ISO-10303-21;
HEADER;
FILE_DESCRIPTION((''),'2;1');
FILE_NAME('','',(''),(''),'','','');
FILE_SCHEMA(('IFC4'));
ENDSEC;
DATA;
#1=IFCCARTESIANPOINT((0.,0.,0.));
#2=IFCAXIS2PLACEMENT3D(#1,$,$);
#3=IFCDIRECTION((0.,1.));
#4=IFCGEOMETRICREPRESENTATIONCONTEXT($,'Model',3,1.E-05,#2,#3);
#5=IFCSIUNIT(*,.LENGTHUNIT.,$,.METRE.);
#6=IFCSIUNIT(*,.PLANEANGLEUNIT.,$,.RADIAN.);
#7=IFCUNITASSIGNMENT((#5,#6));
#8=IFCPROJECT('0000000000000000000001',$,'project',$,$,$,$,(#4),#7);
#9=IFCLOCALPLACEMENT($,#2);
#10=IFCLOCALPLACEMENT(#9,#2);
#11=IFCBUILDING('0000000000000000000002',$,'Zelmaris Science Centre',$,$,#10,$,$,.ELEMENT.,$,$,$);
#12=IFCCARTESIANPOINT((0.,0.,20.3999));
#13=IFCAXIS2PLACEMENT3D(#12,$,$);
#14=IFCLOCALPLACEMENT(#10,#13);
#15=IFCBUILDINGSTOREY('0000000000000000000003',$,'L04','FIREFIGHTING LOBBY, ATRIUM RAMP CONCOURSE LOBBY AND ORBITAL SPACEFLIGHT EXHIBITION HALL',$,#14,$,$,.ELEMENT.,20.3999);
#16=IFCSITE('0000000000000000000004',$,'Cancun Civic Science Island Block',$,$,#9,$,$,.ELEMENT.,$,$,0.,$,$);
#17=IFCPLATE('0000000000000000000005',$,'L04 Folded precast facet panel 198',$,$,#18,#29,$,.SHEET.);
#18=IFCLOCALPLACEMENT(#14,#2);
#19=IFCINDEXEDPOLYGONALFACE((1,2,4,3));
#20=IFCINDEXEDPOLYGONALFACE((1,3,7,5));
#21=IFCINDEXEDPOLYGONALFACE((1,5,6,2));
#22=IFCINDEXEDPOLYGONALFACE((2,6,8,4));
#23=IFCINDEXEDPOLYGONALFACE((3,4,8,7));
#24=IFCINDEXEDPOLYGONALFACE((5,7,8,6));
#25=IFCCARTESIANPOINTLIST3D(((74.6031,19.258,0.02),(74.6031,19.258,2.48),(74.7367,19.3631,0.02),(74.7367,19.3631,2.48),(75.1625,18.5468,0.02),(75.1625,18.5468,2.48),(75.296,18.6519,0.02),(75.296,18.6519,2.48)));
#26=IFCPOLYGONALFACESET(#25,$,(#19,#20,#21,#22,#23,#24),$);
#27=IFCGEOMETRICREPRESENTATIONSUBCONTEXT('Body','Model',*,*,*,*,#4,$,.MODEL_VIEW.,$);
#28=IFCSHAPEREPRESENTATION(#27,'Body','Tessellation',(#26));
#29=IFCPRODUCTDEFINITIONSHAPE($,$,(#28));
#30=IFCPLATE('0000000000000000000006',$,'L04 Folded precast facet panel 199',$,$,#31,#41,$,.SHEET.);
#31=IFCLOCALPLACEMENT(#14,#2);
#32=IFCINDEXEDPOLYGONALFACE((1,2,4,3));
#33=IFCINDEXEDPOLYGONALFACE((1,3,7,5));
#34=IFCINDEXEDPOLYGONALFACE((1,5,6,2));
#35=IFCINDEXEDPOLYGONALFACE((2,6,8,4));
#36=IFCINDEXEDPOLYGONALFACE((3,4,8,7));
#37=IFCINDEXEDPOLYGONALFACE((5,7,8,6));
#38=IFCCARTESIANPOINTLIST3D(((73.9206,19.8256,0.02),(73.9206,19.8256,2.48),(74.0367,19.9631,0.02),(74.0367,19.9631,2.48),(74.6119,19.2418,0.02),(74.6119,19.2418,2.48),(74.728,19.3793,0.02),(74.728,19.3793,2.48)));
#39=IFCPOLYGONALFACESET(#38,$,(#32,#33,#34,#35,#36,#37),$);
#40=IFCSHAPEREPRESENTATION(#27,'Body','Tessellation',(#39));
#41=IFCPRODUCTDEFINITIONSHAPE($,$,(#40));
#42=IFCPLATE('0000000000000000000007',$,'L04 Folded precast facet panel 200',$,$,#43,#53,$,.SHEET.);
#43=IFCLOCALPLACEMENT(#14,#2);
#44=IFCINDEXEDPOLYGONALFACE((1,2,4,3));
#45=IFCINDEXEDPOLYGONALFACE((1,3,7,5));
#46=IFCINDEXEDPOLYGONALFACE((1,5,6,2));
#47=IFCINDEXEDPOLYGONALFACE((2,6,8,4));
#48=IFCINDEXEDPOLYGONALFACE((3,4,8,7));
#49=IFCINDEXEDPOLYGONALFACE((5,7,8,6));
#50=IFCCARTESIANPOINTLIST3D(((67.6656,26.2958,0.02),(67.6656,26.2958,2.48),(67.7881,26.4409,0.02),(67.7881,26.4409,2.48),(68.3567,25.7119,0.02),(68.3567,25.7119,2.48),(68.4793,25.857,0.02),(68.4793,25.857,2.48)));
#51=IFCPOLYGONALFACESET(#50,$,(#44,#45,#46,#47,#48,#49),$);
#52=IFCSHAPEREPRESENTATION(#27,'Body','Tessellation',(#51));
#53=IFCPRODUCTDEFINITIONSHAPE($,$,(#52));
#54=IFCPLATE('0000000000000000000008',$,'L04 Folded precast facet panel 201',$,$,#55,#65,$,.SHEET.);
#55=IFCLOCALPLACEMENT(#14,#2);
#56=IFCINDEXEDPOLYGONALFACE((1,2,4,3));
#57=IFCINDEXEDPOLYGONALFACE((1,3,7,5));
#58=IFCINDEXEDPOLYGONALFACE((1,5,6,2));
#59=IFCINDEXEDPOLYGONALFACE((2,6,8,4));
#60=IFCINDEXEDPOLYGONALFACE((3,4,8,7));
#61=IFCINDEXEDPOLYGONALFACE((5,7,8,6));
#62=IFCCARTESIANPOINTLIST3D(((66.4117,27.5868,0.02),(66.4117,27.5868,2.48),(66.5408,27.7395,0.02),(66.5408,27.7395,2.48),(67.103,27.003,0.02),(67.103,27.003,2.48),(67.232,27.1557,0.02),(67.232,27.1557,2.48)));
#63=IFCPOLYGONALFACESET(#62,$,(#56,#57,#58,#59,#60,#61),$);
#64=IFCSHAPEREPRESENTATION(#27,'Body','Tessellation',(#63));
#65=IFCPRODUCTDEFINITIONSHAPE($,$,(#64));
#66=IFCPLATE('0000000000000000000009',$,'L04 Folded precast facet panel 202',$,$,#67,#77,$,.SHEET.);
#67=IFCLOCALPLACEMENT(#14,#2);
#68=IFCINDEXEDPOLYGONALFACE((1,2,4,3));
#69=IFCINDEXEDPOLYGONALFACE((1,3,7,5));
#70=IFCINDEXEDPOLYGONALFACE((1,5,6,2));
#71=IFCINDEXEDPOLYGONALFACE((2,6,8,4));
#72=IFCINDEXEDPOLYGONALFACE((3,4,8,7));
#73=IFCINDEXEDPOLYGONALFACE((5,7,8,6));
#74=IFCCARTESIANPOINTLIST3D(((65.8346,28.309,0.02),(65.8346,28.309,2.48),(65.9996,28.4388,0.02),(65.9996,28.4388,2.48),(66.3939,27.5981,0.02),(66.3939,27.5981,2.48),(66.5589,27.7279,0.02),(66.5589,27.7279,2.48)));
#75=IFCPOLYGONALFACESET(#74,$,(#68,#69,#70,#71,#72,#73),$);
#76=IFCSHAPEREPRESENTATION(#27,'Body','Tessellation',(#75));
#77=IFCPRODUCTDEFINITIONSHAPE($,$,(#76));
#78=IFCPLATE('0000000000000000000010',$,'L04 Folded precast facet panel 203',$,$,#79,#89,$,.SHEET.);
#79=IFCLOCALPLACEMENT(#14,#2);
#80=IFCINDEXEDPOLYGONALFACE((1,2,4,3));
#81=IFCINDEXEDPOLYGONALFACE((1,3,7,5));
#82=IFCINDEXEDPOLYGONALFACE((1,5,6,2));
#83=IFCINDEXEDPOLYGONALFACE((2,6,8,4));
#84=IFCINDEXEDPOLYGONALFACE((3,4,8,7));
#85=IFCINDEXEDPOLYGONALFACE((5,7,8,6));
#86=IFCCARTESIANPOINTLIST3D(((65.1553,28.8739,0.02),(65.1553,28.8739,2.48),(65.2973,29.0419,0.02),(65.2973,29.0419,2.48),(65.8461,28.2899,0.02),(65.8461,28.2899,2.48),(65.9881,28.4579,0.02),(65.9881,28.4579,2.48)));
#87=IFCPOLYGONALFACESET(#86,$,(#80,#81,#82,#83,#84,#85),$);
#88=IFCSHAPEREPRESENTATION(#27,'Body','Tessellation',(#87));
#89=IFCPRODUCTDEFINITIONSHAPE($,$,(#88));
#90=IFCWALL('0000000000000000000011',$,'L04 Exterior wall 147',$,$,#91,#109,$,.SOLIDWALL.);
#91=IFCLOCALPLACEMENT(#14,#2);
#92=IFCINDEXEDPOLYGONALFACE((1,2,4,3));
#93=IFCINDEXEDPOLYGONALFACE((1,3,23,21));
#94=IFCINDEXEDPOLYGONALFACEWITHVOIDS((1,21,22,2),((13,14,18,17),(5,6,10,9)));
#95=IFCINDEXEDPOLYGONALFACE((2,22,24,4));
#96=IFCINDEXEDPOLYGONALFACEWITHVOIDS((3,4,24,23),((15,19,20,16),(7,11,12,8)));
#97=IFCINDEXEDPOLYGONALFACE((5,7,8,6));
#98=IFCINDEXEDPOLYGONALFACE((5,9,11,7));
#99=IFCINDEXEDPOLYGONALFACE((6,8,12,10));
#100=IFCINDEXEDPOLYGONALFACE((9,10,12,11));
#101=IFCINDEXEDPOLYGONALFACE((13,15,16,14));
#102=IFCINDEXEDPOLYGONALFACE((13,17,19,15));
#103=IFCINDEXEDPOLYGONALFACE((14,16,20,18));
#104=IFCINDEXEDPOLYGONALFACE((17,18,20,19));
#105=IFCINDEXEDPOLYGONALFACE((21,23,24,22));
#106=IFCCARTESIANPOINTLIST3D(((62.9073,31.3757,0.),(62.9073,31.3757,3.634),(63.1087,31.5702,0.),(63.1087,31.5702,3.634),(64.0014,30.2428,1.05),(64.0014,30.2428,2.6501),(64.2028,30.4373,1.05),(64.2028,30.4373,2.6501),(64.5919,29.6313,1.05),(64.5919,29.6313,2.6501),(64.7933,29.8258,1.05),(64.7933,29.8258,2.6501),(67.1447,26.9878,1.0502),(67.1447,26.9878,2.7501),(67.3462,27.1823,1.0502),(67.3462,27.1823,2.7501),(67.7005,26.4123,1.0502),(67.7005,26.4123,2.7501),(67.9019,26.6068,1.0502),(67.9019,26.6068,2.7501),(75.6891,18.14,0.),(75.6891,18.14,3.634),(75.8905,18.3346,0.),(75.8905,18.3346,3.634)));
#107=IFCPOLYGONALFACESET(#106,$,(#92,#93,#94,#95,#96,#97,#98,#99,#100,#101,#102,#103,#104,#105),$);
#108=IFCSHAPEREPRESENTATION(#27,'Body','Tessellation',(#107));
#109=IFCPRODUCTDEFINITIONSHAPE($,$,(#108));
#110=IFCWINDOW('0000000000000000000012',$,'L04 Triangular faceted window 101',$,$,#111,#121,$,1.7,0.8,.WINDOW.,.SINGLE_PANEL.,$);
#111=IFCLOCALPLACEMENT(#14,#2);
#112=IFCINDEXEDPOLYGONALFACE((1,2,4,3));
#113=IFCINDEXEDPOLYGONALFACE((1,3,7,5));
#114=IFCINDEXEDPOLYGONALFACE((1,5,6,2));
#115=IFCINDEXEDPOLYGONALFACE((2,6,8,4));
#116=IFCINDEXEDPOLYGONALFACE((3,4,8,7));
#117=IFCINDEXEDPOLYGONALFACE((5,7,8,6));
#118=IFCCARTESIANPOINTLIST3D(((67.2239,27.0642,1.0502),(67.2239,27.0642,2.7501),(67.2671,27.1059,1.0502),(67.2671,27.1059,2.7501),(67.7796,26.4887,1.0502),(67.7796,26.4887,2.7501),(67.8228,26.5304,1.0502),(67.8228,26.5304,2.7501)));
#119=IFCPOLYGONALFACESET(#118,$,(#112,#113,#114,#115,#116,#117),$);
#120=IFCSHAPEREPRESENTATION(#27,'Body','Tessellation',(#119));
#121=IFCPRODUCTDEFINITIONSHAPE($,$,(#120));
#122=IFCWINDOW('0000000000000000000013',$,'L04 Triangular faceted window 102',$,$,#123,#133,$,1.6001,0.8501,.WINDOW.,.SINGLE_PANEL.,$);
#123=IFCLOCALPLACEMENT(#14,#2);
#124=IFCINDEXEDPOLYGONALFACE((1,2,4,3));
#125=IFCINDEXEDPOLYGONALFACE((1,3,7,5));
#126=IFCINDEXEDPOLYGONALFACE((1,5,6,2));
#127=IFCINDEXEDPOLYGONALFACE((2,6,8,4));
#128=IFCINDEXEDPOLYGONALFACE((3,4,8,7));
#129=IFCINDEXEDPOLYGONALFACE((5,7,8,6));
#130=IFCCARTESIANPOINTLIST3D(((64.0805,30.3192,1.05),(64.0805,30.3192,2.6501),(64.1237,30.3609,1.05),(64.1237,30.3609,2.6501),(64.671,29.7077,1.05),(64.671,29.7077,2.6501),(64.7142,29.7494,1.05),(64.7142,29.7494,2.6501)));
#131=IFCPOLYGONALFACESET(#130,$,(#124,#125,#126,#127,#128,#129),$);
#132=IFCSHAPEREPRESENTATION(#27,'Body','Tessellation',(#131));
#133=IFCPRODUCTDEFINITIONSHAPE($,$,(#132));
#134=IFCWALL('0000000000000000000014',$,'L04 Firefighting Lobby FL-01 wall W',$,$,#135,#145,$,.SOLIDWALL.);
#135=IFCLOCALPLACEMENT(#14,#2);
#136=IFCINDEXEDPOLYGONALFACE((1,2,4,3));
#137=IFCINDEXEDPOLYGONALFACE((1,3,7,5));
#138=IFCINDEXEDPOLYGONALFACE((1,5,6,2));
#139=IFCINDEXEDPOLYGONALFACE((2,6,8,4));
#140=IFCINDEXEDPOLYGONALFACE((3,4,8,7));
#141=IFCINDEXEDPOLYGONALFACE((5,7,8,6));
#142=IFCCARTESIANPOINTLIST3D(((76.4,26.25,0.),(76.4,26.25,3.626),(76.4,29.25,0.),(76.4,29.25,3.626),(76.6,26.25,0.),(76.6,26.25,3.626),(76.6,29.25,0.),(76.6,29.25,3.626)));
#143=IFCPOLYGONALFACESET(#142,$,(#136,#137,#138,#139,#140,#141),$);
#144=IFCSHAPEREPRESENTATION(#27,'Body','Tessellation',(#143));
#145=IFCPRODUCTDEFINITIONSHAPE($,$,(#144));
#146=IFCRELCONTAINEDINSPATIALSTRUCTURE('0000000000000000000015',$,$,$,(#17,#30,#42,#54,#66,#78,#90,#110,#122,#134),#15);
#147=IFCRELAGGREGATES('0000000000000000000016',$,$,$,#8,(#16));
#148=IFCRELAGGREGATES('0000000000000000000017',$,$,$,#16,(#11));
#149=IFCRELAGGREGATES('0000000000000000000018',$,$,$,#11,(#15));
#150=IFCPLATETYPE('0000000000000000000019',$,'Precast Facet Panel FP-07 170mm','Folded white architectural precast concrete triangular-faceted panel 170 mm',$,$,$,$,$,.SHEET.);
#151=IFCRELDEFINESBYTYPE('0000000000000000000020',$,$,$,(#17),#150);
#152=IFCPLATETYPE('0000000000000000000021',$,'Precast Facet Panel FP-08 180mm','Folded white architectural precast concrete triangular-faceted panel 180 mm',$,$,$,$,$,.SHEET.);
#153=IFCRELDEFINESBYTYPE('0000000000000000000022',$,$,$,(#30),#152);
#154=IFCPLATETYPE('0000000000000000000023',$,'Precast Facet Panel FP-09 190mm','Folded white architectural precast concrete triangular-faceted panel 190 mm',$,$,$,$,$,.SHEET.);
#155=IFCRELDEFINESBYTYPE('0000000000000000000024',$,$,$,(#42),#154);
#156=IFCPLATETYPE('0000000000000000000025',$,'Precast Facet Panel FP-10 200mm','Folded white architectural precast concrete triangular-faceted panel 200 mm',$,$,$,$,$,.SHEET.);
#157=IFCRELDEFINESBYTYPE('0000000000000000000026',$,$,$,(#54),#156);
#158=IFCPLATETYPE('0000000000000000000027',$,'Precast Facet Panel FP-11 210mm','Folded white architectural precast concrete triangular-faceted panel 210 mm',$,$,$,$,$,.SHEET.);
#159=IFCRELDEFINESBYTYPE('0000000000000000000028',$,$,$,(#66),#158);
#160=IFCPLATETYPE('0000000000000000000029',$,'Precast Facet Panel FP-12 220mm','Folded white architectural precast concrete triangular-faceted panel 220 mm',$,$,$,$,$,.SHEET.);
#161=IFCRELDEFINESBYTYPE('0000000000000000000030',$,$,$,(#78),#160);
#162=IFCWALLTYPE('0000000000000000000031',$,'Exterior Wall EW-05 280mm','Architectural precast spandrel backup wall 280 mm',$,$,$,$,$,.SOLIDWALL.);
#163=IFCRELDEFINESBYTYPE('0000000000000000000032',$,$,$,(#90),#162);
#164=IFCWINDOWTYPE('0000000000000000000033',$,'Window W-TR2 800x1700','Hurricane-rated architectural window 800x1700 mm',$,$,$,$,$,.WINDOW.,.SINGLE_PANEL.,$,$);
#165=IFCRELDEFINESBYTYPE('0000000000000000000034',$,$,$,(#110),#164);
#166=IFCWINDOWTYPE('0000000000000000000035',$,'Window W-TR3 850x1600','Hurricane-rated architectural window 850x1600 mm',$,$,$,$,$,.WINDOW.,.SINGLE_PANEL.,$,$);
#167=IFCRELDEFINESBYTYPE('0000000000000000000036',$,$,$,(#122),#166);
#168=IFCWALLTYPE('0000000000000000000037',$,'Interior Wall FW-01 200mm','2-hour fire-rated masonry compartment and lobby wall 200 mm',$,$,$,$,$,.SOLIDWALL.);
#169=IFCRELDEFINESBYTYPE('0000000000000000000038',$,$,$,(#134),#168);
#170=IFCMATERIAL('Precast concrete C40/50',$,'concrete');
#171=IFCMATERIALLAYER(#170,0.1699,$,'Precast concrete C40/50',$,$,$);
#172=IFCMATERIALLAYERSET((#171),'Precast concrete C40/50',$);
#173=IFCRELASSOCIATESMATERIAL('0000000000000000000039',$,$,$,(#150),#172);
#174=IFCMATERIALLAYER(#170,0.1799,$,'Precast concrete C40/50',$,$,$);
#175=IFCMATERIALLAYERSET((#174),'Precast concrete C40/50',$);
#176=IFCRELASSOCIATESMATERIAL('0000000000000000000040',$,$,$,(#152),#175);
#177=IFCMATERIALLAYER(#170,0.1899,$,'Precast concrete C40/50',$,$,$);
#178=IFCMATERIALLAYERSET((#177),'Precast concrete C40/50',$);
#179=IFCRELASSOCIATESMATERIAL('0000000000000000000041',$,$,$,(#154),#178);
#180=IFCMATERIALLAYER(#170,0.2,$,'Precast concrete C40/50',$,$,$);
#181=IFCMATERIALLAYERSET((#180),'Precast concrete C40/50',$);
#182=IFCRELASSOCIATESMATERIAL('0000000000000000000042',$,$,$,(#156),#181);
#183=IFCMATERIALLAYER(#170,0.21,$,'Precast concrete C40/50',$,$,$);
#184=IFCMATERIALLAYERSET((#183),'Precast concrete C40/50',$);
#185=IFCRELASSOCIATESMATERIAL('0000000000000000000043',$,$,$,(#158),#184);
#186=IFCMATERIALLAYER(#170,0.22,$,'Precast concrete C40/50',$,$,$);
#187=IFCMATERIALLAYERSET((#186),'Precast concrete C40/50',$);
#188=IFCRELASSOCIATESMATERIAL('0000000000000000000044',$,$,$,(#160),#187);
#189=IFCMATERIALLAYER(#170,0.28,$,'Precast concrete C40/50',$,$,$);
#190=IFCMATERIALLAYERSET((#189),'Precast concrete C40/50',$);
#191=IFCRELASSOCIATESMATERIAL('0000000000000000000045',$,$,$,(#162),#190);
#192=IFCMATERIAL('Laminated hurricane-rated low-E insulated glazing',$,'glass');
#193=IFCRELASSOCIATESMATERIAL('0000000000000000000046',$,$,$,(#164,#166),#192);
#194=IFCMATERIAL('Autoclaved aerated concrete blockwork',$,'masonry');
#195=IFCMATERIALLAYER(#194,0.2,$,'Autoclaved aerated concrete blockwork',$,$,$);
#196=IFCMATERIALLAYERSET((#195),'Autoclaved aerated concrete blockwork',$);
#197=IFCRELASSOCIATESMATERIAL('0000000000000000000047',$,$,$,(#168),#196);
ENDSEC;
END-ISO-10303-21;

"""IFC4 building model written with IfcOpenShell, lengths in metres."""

from ifc_helpers import new_model, si_unit, direction, frame, frame_2d, origin, place, context, subcontext, project, spatial, rectangle, extrude, material, layer, layer_set, type_object, element, fill, save


model = new_model("IFC4")

# Units and contexts
model_context = context("Model", 3, precision=1e-05, world=origin(), true_north=direction((0.0, 1.0)))
body_context = subcontext(model_context, "Body", "Model", "MODEL_VIEW")
ifc_project = project(units=[si_unit("LENGTHUNIT", "METRE"), si_unit("PLANEANGLEUNIT", "RADIAN")], contexts=[model_context])

# Site, building, storey
site_placement = place(None, origin())
site = spatial("IfcSite", under=ifc_project, at=site_placement, Name="Cancun Civic Science Island Block", CompositionType="ELEMENT", RefElevation=0.0)
building_placement = place(site_placement, origin())
building = spatial("IfcBuilding", under=site, at=building_placement, Name="Zelmaris Science Centre", CompositionType="ELEMENT")
storey_placement = place(building_placement, frame((0.0, 0.0, 20.3999)))
storey = spatial("IfcBuildingStorey", under=building, at=storey_placement, Name="L04", Description="FIREFIGHTING LOBBY, ATRIUM RAMP CONCOURSE LOBBY AND ORBITAL SPACEFLIGHT EXHIBITION HALL", CompositionType="ELEMENT", Elevation=20.3999)

# Plates
ifc_material_1 = material(Name="Precast concrete C40/50", Category="concrete")
ifc_layer_1 = layer(ifc_material_1, 0.1699, Name="Precast concrete C40/50")
ifc_layer_set_1 = layer_set([ifc_layer_1], Name="Precast concrete C40/50")
plate_type_1 = type_object("IfcPlateType", Name="Precast Facet Panel FP-07 170mm", Description="Folded white architectural precast concrete triangular-faceted panel 170 mm", PredefinedType="SHEET", material=ifc_layer_set_1)
plate_1_placement = place(storey_placement, frame((75.2292, 18.5994, 0.02), z_axis=(0.0, 0.0, 1.0), x_axis=(-0.618191, 0.786028, 0.0)))
element("IfcPlate", 1, at=plate_1_placement, inside=storey, type_object=plate_type_1, Name="L04 Folded precast facet panel 198", PredefinedType="SHEET", context=body_context, shape_type="SweptSolid", body=[
    extrude(rectangle(XDim=0.9048, YDim=0.1699, at=frame_2d((0.4524, 0.0))), origin(), (0.0, 0.0, 1.0), 2.46),
])
ifc_layer_2 = layer(ifc_material_1, 0.1799, Name="Precast concrete C40/50")
ifc_layer_set_2 = layer_set([ifc_layer_2], Name="Precast concrete C40/50")
plate_type_2 = type_object("IfcPlateType", Name="Precast Facet Panel FP-08 180mm", Description="Folded white architectural precast concrete triangular-faceted panel 180 mm", PredefinedType="SHEET", material=ifc_layer_set_2)
plate_2_placement = place(storey_placement, frame((74.6699, 19.3105, 0.02), z_axis=(0.0, 0.0, 1.0), x_axis=(-0.76398, 0.64524, 0.0)))
element("IfcPlate", 2, at=plate_2_placement, inside=storey, type_object=plate_type_2, Name="L04 Folded precast facet panel 199", PredefinedType="SHEET", context=body_context, shape_type="SweptSolid", body=[
    extrude(rectangle(XDim=0.9048, YDim=0.1799, at=frame_2d((0.4524, 0.0))), origin(), (0.0, 0.0, 1.0), 2.46),
])
ifc_layer_3 = layer(ifc_material_1, 0.1899, Name="Precast concrete C40/50")
ifc_layer_set_3 = layer_set([ifc_layer_3], Name="Precast concrete C40/50")
plate_type_3 = type_object("IfcPlateType", Name="Precast Facet Panel FP-09 190mm", Description="Folded white architectural precast concrete triangular-faceted panel 190 mm", PredefinedType="SHEET", material=ifc_layer_set_3)
plate_3_placement = place(storey_placement, frame((68.418, 25.7844, 0.02), z_axis=(0.0, 0.0, 1.0), x_axis=(-0.763847, 0.645398, 0.0)))
element("IfcPlate", 3, at=plate_3_placement, inside=storey, type_object=plate_type_3, Name="L04 Folded precast facet panel 200", PredefinedType="SHEET", context=body_context, shape_type="SweptSolid", body=[
    extrude(rectangle(XDim=0.9048, YDim=0.1899, at=frame_2d((0.4524, 0.0))), origin(), (0.0, 0.0, 1.0), 2.46),
])
ifc_layer_4 = layer(ifc_material_1, 0.2, Name="Precast concrete C40/50")
ifc_layer_set_4 = layer_set([ifc_layer_4], Name="Precast concrete C40/50")
plate_type_4 = type_object("IfcPlateType", Name="Precast Facet Panel FP-10 200mm", Description="Folded white architectural precast concrete triangular-faceted panel 200 mm", PredefinedType="SHEET", material=ifc_layer_set_4)
plate_4_placement = place(storey_placement, frame((67.1675, 27.0793, 0.02), z_axis=(0.0, 0.0, 1.0), x_axis=(-0.76398, 0.64524, 0.0)))
element("IfcPlate", 4, at=plate_4_placement, inside=storey, type_object=plate_type_4, Name="L04 Folded precast facet panel 201", PredefinedType="SHEET", context=body_context, shape_type="SweptSolid", body=[
    extrude(rectangle(XDim=0.9048, YDim=0.2, at=frame_2d((0.4524, 0.0))), origin(), (0.0, 0.0, 1.0), 2.46),
])
ifc_layer_5 = layer(ifc_material_1, 0.21, Name="Precast concrete C40/50")
ifc_layer_set_5 = layer_set([ifc_layer_5], Name="Precast concrete C40/50")
plate_type_5 = type_object("IfcPlateType", Name="Precast Facet Panel FP-11 210mm", Description="Folded white architectural precast concrete triangular-faceted panel 210 mm", PredefinedType="SHEET", material=ifc_layer_set_5)
plate_5_placement = place(storey_placement, frame((66.4763, 27.6631, 0.02), z_axis=(0.0, 0.0, 1.0), x_axis=(-0.618322, 0.785925, 0.0)))
element("IfcPlate", 5, at=plate_5_placement, inside=storey, type_object=plate_type_5, Name="L04 Folded precast facet panel 202", PredefinedType="SHEET", context=body_context, shape_type="SweptSolid", body=[
    extrude(rectangle(XDim=0.9045, YDim=0.21, at=frame_2d((0.4521, 0.0))), origin(), (0.0, 0.0, 1.0), 2.46),
])
ifc_layer_6 = layer(ifc_material_1, 0.22, Name="Precast concrete C40/50")
ifc_layer_set_6 = layer_set([ifc_layer_6], Name="Precast concrete C40/50")
plate_type_6 = type_object("IfcPlateType", Name="Precast Facet Panel FP-12 220mm", Description="Folded white architectural precast concrete triangular-faceted panel 220 mm", PredefinedType="SHEET", material=ifc_layer_set_6)
plate_6_placement = place(storey_placement, frame((65.917, 28.374, 0.02), z_axis=(0.0, 0.0, 1.0), x_axis=(-0.763734, 0.645531, 0.0)))
element("IfcPlate", 6, at=plate_6_placement, inside=storey, type_object=plate_type_6, Name="L04 Folded precast facet panel 203", PredefinedType="SHEET", context=body_context, shape_type="SweptSolid", body=[
    extrude(rectangle(XDim=0.9045, YDim=0.22, at=frame_2d((0.4521, 0.0))), origin(), (0.0, 0.0, 1.0), 2.46),
])

# Wall, openings, windows
ifc_layer_7 = layer(ifc_material_1, 0.28, Name="Precast concrete C40/50")
ifc_layer_set_7 = layer_set([ifc_layer_7], Name="Precast concrete C40/50")
wall_type_1 = type_object("IfcWallType", Name="Exterior Wall EW-05 280mm", Description="Architectural precast spandrel backup wall 280 mm", PredefinedType="SOLIDWALL", material=ifc_layer_set_7)
wall_1_placement = place(storey_placement, frame((75.7898, 18.2373, 0.0), z_axis=(0.0, 0.0, 1.0), x_axis=(-0.694666, 0.719332, 0.0)))
wall_1 = element("IfcWall", 7, at=wall_1_placement, inside=storey, type_object=wall_type_1, Name="L04 Exterior wall 147", PredefinedType="SOLIDWALL", context=body_context, shape_type="SweptSolid", body=[
    extrude(rectangle(XDim=18.3999, YDim=0.28, at=frame_2d((9.2, 0.0))), origin(), (0.0, 0.0, 1.0), 3.634),
])
opening_1_placement = place(wall_1_placement, frame((11.5, 0.0, 1.05)))
opening_1 = element("IfcOpeningElement", 8, at=opening_1_placement, cuts=wall_1, PredefinedType="OPENING", context=body_context, shape_type="SweptSolid", body=[
    extrude(rectangle(XDim=0.8, YDim=1.7, at=frame_2d((0.3999, 0.8501))), frame((0.0, 0.1499, 0.0), z_axis=(0.0, -1.0, 0.0), x_axis=(1.0, 0.0, 0.0)), (0.0, 0.0, 1.0), 0.3),
])
opening_2_placement = place(wall_1_placement, frame((15.9749, 0.0, 1.05)))
opening_2 = element("IfcOpeningElement", 9, at=opening_2_placement, cuts=wall_1, PredefinedType="OPENING", context=body_context, shape_type="SweptSolid", body=[
    extrude(rectangle(XDim=0.8501, YDim=1.6001, at=frame_2d((0.425, 0.8))), frame((0.0, 0.1499, 0.0), z_axis=(0.0, -1.0, 0.0), x_axis=(1.0, 0.0, 0.0)), (0.0, 0.0, 1.0), 0.3),
])
ifc_material_2 = material(Name="Laminated hurricane-rated low-E insulated glazing", Category="glass")
window_type_1 = type_object("IfcWindowType", Name="Window W-TR2 800x1700", Description="Hurricane-rated architectural window 800x1700 mm", PartitioningType="SINGLE_PANEL", PredefinedType="WINDOW", material=ifc_material_2)
window_1_placement = place(opening_1_placement, origin())
window_1 = element("IfcWindow", 10, at=window_1_placement, inside=storey, type_object=window_type_1, Name="L04 Triangular faceted window 101", OverallHeight=1.7, OverallWidth=0.8, PartitioningType="SINGLE_PANEL", PredefinedType="WINDOW", context=body_context, shape_type="SweptSolid", body=[
    extrude(rectangle(XDim=0.8, YDim=1.7, at=frame_2d((0.3999, 0.8501))), frame((0.0, 0.03, 0.0), z_axis=(0.0, -1.0, 0.0), x_axis=(1.0, 0.0, 0.0)), (0.0, 0.0, 1.0), 0.0601),
])
fill(opening_1, window_1)
window_type_2 = type_object("IfcWindowType", Name="Window W-TR3 850x1600", Description="Hurricane-rated architectural window 850x1600 mm", PartitioningType="SINGLE_PANEL", PredefinedType="WINDOW", material=ifc_material_2)
window_2_placement = place(opening_2_placement, origin())
window_2 = element("IfcWindow", 11, at=window_2_placement, inside=storey, type_object=window_type_2, Name="L04 Triangular faceted window 102", OverallHeight=1.6001, OverallWidth=0.8501, PartitioningType="SINGLE_PANEL", PredefinedType="WINDOW", context=body_context, shape_type="SweptSolid", body=[
    extrude(rectangle(XDim=0.8501, YDim=1.6001, at=frame_2d((0.425, 0.8))), frame((0.0, 0.03, 0.0), z_axis=(0.0, -1.0, 0.0), x_axis=(1.0, 0.0, 0.0)), (0.0, 0.0, 1.0), 0.0601),
])
fill(opening_2, window_2)

# Wall
ifc_material_3 = material(Name="Autoclaved aerated concrete blockwork", Category="masonry")
ifc_layer_8 = layer(ifc_material_3, 0.2, Name="Autoclaved aerated concrete blockwork")
ifc_layer_set_8 = layer_set([ifc_layer_8], Name="Autoclaved aerated concrete blockwork")
wall_type_2 = type_object("IfcWallType", Name="Interior Wall FW-01 200mm", Description="2-hour fire-rated masonry compartment and lobby wall 200 mm", PredefinedType="SOLIDWALL", material=ifc_layer_set_8)
wall_2_placement = place(storey_placement, frame((76.5, 26.25, 0.0), z_axis=(0.0, 0.0, 1.0), x_axis=(0.0, 1.0, 0.0)))
element("IfcWall", 12, at=wall_2_placement, inside=storey, type_object=wall_type_2, Name="L04 Firefighting Lobby FL-01 wall W", PredefinedType="SOLIDWALL", context=body_context, shape_type="SweptSolid", body=[
    extrude(rectangle(XDim=3.0, YDim=0.2, at=frame_2d((1.5, 0.0))), origin(), (0.0, 0.0, 1.0), 3.626),
])

save(model, "model.ifc")
